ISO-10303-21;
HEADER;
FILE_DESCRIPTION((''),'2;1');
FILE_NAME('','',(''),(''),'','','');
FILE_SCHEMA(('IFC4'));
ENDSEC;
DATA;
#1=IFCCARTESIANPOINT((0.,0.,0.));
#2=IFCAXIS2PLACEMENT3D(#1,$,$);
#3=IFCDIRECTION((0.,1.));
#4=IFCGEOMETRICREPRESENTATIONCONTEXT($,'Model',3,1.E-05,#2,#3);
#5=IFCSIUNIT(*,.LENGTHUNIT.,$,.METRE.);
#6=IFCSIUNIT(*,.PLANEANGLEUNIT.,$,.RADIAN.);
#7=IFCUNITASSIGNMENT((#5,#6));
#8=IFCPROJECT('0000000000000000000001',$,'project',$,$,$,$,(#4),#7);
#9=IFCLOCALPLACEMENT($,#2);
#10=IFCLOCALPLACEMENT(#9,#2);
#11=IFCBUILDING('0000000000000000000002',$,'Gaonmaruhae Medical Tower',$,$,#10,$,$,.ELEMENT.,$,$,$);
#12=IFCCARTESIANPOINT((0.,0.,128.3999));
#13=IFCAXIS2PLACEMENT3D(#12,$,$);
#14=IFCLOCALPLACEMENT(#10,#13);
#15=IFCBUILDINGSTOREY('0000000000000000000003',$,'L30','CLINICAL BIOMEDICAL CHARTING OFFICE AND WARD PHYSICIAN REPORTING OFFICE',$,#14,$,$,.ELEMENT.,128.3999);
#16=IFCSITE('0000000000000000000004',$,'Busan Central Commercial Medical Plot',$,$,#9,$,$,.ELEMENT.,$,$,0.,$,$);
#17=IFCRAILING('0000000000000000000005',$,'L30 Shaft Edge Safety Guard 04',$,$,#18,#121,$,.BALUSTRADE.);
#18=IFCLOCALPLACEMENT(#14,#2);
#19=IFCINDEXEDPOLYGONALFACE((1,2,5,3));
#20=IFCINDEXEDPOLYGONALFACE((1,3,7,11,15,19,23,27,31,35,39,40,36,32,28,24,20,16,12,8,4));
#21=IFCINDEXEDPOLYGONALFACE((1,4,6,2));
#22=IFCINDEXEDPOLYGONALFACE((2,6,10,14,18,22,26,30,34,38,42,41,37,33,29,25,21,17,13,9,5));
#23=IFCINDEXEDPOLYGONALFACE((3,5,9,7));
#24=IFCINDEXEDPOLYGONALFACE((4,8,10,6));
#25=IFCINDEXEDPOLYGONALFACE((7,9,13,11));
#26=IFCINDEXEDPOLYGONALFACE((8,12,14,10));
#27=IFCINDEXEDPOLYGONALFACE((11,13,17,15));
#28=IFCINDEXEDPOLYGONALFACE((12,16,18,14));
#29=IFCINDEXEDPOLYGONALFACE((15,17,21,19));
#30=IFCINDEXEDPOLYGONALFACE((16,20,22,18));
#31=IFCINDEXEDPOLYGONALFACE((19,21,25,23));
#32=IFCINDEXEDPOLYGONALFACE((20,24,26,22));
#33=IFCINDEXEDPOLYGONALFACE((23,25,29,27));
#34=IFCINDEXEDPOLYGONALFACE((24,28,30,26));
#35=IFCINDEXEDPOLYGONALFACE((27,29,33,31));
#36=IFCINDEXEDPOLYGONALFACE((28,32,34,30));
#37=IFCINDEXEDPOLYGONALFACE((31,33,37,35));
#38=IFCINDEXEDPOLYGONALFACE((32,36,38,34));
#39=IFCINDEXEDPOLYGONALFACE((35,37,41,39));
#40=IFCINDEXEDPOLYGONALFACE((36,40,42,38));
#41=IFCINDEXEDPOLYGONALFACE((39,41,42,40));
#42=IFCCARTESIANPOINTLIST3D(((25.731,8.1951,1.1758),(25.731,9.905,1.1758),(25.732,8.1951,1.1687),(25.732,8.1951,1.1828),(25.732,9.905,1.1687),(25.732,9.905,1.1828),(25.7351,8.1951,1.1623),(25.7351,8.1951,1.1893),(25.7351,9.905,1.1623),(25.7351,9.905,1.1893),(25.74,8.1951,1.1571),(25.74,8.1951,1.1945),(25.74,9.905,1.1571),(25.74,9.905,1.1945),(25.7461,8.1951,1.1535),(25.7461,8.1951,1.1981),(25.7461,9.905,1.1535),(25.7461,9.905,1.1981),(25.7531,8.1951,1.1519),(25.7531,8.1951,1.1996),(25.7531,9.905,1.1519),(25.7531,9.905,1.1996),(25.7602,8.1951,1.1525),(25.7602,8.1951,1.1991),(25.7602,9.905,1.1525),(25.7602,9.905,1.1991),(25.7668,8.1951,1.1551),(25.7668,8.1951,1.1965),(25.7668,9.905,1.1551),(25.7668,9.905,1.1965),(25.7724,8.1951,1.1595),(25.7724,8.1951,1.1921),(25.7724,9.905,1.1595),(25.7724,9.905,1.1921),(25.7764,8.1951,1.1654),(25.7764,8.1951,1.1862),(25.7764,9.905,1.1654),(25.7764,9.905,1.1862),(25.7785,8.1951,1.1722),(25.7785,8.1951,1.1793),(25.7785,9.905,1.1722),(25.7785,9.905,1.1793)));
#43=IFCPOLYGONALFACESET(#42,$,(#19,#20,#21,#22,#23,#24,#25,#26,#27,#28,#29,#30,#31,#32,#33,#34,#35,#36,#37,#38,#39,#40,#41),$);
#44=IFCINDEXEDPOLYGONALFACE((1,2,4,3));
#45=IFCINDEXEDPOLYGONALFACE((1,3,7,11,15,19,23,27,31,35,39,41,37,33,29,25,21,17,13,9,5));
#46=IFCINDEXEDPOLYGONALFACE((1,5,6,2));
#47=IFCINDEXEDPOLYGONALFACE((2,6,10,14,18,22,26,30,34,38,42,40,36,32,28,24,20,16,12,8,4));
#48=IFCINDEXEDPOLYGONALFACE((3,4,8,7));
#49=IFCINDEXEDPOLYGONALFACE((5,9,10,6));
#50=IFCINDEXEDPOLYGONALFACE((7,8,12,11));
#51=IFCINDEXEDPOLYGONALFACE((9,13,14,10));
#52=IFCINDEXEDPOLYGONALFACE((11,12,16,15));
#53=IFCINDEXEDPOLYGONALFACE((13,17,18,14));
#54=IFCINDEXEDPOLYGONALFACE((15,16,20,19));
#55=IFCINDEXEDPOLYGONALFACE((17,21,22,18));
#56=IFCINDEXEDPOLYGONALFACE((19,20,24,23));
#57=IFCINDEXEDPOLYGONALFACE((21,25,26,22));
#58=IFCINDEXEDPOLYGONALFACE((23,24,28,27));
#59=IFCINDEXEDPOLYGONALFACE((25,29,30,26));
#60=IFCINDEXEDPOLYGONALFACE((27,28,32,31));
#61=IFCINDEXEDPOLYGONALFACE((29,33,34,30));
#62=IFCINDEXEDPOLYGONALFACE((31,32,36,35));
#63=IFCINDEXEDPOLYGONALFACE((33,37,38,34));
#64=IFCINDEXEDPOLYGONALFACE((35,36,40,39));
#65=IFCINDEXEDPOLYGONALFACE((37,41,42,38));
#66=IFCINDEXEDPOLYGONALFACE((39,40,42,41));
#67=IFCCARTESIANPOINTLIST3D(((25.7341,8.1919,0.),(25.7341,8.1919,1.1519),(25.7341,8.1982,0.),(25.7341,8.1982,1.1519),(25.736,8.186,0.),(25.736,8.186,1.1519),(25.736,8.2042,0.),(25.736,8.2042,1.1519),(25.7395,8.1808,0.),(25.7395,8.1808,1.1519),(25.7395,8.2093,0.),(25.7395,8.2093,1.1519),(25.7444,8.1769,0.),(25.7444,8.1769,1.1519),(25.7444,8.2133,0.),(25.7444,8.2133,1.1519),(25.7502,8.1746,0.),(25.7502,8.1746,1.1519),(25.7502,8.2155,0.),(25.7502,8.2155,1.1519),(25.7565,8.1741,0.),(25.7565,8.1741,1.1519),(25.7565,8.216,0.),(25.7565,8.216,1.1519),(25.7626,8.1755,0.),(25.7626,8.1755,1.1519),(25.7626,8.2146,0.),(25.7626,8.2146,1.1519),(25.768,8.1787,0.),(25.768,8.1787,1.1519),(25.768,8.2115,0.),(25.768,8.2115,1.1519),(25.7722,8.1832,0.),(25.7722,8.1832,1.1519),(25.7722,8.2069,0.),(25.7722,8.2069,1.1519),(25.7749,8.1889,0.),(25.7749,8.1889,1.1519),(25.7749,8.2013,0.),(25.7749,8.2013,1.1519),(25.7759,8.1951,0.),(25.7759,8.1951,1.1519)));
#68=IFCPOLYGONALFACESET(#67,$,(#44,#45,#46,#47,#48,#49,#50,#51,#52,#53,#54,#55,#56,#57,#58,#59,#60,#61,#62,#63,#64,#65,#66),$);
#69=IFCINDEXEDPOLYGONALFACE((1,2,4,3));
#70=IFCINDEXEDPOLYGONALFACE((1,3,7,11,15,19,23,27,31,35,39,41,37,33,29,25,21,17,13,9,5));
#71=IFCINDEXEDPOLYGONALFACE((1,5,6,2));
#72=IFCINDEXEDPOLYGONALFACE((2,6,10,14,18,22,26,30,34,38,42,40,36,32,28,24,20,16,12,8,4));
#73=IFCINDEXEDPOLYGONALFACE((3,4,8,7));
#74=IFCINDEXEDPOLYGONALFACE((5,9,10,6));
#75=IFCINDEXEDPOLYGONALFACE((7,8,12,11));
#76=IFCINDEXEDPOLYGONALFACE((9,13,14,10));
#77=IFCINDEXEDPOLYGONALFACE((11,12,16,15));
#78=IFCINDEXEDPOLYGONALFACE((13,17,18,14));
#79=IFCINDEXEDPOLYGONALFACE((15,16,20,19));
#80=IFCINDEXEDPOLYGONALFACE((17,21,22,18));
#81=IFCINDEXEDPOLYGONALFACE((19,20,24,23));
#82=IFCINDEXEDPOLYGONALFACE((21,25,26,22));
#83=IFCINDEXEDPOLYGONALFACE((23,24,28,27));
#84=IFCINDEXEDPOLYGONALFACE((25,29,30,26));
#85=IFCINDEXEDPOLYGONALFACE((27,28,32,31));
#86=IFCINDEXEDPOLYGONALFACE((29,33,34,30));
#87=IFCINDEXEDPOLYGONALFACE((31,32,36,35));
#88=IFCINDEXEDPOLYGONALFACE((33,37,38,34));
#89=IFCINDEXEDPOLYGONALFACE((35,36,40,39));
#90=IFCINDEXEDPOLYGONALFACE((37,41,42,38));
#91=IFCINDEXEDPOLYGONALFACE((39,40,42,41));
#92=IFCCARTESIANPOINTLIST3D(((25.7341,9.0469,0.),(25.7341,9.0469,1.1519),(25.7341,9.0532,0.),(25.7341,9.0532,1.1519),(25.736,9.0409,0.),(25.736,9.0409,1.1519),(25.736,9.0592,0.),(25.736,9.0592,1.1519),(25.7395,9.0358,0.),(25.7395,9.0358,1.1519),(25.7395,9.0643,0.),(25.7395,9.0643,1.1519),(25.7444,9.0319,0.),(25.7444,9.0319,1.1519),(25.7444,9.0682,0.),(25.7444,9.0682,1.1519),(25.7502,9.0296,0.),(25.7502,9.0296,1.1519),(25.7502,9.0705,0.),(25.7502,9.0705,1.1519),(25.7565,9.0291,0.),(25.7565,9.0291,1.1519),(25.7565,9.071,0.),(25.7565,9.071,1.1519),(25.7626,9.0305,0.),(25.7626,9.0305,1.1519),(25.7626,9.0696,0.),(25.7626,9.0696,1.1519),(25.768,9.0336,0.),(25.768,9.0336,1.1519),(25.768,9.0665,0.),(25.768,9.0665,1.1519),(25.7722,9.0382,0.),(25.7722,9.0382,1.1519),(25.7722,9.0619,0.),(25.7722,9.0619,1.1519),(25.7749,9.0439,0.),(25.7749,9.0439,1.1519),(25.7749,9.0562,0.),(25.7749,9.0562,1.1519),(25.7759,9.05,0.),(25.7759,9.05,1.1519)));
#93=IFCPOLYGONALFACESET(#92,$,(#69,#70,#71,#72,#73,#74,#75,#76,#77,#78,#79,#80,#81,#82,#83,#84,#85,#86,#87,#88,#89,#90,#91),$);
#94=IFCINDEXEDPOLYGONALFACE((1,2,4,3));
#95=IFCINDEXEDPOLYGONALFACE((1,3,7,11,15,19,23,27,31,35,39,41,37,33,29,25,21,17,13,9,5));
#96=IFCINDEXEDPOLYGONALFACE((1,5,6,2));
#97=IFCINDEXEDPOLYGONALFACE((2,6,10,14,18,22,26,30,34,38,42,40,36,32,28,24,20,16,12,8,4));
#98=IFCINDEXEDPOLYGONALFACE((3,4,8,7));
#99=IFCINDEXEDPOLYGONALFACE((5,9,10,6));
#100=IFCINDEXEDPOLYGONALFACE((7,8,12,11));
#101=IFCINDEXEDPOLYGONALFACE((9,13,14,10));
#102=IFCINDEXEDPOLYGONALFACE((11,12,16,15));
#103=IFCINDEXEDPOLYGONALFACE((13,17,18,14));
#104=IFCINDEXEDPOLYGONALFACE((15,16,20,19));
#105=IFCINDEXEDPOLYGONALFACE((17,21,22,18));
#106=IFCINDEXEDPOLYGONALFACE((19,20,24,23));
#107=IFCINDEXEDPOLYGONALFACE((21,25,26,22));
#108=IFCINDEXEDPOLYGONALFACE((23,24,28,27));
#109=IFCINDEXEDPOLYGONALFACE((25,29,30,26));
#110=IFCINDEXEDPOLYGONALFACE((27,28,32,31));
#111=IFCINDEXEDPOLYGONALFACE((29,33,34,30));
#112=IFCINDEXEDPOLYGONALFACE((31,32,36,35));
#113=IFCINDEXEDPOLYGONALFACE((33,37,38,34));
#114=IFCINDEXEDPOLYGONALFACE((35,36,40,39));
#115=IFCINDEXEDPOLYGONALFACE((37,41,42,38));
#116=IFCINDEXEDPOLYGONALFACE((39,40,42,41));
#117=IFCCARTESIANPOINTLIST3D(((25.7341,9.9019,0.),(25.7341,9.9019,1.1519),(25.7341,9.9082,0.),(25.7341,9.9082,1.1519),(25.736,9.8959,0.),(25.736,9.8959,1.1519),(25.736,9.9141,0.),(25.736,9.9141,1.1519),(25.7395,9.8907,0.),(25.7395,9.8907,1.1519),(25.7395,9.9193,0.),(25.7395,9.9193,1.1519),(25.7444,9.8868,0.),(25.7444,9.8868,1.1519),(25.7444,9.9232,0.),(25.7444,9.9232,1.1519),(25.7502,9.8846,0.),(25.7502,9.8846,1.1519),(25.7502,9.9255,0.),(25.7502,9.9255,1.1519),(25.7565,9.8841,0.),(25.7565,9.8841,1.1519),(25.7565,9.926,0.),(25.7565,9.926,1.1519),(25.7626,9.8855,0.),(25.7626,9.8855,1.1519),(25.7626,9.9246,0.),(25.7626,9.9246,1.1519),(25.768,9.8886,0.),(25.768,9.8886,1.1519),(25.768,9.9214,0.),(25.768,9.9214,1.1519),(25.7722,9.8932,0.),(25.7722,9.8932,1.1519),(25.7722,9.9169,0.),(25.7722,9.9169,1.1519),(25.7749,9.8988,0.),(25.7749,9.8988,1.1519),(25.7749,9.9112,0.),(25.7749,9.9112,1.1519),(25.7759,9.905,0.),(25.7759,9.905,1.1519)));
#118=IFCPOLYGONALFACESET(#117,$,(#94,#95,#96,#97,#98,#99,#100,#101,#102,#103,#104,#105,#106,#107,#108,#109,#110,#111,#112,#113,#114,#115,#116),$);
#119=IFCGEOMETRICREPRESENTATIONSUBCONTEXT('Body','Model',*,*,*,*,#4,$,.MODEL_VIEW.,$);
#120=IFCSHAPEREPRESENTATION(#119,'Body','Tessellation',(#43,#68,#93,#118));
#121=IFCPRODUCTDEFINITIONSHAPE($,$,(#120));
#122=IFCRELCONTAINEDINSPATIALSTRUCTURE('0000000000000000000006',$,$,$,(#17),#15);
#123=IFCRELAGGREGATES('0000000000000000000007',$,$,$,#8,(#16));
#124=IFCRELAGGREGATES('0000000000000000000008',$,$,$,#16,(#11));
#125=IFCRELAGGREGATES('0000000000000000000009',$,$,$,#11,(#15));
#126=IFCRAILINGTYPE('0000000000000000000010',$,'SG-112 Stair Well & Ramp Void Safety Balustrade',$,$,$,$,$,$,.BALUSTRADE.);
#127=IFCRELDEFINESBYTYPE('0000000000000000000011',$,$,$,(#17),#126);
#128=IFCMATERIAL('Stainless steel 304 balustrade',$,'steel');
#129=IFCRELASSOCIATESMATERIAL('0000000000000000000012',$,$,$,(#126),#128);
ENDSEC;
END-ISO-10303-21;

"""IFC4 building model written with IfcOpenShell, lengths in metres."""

from ifc_helpers import new_model, si_unit, direction, frame, origin, origin_2d, place, context, subcontext, project, spatial, circle, extrude, material, type_object, element, save


model = new_model("IFC4")

# Units and contexts
model_context = context("Model", 3, precision=1e-05, world=origin(), true_north=direction((0.0, 1.0)))
body_context = subcontext(model_context, "Body", "Model", "MODEL_VIEW")
ifc_project = project(units=[si_unit("LENGTHUNIT", "METRE"), si_unit("PLANEANGLEUNIT", "RADIAN")], contexts=[model_context])

# Site, building, storey
site_placement = place(None, origin())
site = spatial("IfcSite", under=ifc_project, at=site_placement, Name="Busan Central Commercial Medical Plot", CompositionType="ELEMENT", RefElevation=0.0)
building_placement = place(site_placement, origin())
building = spatial("IfcBuilding", under=site, at=building_placement, Name="Gaonmaruhae Medical Tower", CompositionType="ELEMENT")
storey_placement = place(building_placement, frame((0.0, 0.0, 128.3999)))
storey = spatial("IfcBuildingStorey", under=building, at=storey_placement, Name="L30", Description="CLINICAL BIOMEDICAL CHARTING OFFICE AND WARD PHYSICIAN REPORTING OFFICE", CompositionType="ELEMENT", Elevation=128.3999)

# Railing
ifc_material_1 = material(Name="Stainless steel 304 balustrade", Category="steel")
railing_type_1 = type_object("IfcRailingType", Name="SG-112 Stair Well & Ramp Void Safety Balustrade", PredefinedType="BALUSTRADE", material=ifc_material_1)
railing_1_placement = place(storey_placement, frame((25.7549, 8.1951, 0.0)))
element("IfcRailing", 1, at=railing_1_placement, inside=storey, type_object=railing_type_1, Name="L30 Shaft Edge Safety Guard 04", PredefinedType="BALUSTRADE", context=body_context, shape_type="SweptSolid", body=[
    extrude(circle(Radius=0.0239, at=origin_2d()), frame((0.0, 0.0, 1.1758), z_axis=(0.0, 1.0, 0.0), x_axis=(-1.0, 0.0, 0.0)), (0.0, 0.0, 1.0), 1.71),
    extrude(circle(Radius=0.021, at=origin_2d()), origin(), (0.0, 0.0, 1.0), 1.1519),
    extrude(circle(Radius=0.021, at=origin_2d()), frame((0.0, 0.855, 0.0)), (0.0, 0.0, 1.0), 1.1519),
    extrude(circle(Radius=0.021, at=origin_2d()), frame((0.0, 1.71, 0.0)), (0.0, 0.0, 1.0), 1.1519),
])

save(model, "model.ifc")
